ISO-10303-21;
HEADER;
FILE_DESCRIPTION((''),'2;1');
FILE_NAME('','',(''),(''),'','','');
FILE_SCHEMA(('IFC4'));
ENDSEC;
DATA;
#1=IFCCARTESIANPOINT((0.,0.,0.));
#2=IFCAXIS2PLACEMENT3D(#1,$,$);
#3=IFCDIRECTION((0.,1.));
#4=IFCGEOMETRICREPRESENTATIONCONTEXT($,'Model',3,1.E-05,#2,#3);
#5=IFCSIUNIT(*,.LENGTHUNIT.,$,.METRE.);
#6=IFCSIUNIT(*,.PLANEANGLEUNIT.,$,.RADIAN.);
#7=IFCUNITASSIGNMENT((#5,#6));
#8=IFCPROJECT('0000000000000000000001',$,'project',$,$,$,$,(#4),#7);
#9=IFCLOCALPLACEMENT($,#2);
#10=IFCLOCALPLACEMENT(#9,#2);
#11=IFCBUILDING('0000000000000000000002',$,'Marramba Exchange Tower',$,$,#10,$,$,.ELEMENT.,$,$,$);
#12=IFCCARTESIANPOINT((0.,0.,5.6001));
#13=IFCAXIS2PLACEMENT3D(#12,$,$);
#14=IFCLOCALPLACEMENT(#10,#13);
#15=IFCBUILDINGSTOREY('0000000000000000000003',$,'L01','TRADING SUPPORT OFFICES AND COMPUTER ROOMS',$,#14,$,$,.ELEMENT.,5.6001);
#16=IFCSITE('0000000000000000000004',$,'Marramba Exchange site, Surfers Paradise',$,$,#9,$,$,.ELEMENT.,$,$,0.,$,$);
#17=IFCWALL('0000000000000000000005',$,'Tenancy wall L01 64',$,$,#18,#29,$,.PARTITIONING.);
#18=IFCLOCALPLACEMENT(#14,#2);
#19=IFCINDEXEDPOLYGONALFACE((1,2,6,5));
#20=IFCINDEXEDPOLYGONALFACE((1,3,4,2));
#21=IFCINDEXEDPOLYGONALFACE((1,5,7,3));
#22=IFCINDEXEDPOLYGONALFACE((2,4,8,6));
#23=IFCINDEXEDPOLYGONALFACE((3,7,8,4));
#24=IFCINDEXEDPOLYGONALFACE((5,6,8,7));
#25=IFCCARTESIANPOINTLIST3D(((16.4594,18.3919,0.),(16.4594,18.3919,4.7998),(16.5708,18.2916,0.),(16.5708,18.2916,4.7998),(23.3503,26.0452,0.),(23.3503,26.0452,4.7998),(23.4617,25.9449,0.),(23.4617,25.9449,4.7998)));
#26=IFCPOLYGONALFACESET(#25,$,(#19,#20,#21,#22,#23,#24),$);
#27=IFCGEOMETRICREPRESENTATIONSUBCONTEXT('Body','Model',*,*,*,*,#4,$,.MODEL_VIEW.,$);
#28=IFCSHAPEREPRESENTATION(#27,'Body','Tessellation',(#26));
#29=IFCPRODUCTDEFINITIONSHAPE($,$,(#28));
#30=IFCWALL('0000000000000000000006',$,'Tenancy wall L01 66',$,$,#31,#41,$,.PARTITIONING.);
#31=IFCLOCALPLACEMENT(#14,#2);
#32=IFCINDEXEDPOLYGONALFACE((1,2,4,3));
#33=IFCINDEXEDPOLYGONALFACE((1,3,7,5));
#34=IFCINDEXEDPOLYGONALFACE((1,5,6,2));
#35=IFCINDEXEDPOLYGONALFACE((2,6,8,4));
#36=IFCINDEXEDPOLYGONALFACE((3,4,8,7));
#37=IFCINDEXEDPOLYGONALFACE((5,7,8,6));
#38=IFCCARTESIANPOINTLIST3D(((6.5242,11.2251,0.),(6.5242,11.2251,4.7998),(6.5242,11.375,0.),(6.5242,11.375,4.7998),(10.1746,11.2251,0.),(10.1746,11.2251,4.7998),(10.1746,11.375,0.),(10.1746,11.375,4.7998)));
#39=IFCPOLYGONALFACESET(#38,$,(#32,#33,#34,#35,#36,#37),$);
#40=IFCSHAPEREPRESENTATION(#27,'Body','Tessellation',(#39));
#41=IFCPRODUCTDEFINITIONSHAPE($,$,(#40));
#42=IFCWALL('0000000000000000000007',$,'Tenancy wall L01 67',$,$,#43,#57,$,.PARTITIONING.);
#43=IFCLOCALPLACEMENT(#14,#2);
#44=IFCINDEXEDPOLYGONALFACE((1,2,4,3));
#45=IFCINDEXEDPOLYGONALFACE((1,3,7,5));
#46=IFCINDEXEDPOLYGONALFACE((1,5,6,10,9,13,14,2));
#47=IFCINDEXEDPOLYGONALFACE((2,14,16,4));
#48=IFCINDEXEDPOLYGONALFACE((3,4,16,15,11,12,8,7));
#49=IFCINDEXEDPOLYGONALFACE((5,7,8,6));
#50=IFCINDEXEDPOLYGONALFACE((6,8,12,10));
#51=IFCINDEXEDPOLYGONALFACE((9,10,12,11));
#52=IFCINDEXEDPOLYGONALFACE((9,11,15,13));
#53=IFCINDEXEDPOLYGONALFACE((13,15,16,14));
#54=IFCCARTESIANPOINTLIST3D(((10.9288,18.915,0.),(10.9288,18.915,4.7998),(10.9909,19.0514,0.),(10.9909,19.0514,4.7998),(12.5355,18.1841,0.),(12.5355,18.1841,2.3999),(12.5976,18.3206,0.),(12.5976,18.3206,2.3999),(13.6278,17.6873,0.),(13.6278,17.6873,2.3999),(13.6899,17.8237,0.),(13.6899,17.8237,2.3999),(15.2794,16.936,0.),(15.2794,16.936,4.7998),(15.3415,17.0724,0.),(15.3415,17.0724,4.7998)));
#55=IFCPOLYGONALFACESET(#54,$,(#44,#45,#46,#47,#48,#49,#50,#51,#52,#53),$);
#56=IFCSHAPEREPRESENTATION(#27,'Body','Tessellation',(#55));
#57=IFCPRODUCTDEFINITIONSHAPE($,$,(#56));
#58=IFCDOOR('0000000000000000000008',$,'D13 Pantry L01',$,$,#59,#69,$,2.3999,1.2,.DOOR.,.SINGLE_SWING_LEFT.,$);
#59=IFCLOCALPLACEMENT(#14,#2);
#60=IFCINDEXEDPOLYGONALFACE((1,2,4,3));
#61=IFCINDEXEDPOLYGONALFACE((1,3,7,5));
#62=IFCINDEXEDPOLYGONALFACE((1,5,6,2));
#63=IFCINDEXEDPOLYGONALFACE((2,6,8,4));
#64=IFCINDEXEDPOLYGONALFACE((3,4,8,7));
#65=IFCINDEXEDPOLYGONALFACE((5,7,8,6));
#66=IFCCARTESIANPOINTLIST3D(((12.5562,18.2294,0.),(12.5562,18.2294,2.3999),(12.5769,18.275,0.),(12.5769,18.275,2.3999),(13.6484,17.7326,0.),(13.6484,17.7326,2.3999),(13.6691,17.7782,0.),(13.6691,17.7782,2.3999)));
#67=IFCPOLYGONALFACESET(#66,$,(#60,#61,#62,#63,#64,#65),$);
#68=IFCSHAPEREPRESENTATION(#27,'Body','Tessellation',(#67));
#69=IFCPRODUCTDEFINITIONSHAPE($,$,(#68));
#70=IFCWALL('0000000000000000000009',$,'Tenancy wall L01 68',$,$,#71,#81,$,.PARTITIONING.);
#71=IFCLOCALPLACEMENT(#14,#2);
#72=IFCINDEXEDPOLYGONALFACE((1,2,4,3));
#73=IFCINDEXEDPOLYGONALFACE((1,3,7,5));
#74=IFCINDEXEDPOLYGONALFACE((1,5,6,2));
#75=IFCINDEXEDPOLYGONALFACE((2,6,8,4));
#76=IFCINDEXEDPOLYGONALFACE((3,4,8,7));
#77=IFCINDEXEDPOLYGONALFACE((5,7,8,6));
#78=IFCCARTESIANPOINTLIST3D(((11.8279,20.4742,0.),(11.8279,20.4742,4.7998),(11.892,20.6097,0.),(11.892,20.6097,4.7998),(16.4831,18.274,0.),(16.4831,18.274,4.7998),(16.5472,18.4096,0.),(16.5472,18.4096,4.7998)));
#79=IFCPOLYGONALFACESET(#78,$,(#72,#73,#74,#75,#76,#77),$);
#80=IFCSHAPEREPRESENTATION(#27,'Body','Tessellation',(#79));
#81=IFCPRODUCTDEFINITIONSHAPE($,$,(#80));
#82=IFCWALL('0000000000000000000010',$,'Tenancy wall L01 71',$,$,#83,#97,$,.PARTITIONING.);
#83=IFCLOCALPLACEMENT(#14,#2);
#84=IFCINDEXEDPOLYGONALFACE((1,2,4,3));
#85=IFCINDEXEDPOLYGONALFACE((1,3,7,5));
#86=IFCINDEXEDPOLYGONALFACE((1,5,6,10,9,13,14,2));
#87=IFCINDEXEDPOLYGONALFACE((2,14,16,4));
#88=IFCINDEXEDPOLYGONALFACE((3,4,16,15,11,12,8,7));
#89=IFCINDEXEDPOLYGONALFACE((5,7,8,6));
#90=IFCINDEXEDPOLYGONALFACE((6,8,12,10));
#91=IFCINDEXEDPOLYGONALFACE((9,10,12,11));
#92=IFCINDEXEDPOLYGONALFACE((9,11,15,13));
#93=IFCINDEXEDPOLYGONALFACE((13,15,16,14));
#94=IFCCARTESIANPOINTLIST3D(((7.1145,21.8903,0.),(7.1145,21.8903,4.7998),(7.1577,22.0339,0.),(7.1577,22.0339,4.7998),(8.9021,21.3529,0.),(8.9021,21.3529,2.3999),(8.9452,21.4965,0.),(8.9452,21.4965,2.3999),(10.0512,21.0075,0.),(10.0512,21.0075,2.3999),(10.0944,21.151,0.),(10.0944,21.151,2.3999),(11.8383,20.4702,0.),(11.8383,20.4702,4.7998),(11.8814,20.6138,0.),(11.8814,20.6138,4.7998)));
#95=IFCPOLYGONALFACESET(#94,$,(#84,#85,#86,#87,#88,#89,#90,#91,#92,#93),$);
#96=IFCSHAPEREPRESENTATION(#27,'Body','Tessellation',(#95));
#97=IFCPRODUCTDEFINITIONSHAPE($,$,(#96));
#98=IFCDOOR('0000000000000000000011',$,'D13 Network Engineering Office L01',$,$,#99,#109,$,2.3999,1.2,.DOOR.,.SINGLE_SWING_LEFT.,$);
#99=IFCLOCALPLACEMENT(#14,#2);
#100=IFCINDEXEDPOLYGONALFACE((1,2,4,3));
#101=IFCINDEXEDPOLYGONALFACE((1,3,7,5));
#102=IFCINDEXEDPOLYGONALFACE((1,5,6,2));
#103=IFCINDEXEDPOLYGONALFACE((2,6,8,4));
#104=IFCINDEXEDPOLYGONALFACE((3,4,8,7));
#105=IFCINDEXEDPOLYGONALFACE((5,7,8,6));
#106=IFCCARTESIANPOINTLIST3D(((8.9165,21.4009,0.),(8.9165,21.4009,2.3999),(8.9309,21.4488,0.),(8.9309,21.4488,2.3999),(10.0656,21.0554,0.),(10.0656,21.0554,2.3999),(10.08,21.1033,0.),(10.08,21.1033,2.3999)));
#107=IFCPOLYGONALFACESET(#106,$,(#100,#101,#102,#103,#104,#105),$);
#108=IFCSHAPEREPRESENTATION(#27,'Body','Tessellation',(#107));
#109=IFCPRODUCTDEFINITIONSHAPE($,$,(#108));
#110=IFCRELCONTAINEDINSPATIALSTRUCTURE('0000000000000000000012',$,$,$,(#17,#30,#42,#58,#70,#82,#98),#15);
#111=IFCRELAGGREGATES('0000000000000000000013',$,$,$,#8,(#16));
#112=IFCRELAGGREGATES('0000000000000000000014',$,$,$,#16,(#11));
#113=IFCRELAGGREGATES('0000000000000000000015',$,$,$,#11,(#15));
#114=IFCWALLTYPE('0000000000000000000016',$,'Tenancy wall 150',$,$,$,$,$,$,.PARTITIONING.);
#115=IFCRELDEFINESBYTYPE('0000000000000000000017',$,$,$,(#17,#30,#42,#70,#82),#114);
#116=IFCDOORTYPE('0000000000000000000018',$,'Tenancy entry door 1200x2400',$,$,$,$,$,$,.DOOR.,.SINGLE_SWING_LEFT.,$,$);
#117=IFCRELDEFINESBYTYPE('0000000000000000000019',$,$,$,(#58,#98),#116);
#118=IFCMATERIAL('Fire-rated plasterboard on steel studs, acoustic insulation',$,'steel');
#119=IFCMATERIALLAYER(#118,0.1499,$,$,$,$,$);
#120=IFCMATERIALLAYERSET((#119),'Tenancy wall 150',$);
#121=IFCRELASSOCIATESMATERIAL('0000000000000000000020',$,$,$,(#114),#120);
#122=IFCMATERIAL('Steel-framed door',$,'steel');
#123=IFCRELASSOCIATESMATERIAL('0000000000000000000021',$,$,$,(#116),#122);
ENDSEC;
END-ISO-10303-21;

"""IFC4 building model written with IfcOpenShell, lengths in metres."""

from ifc_helpers import new_model, si_unit, direction, frame, frame_2d, origin, place, context, subcontext, project, spatial, rectangle, extrude, material, layer, layer_set, type_object, element, fill, save


model = new_model("IFC4")

# Units and contexts
model_context = context("Model", 3, precision=1e-05, world=origin(), true_north=direction((0.0, 1.0)))
body_context = subcontext(model_context, "Body", "Model", "MODEL_VIEW")
ifc_project = project(units=[si_unit("LENGTHUNIT", "METRE"), si_unit("PLANEANGLEUNIT", "RADIAN")], contexts=[model_context])

# Site, building, storey
site_placement = place(None, origin())
site = spatial("IfcSite", under=ifc_project, at=site_placement, Name="Marramba Exchange site, Surfers Paradise", CompositionType="ELEMENT", RefElevation=0.0)
building_placement = place(site_placement, origin())
building = spatial("IfcBuilding", under=site, at=building_placement, Name="Marramba Exchange Tower", CompositionType="ELEMENT")
storey_placement = place(building_placement, frame((0.0, 0.0, 5.6001)))
storey = spatial("IfcBuildingStorey", under=building, at=storey_placement, Name="L01", Description="TRADING SUPPORT OFFICES AND COMPUTER ROOMS", CompositionType="ELEMENT", Elevation=5.6001)

# Walls
ifc_material_1 = material(Name="Fire-rated plasterboard on steel studs, acoustic insulation", Category="steel")
ifc_layer_1 = layer(ifc_material_1, 0.1499)
ifc_layer_set_1 = layer_set([ifc_layer_1], Name="Tenancy wall 150")
wall_type_1 = type_object("IfcWallType", Name="Tenancy wall 150", PredefinedType="PARTITIONING", material=ifc_layer_set_1)
wall_1_placement = place(storey_placement, frame((16.5151, 18.3418, 0.0), z_axis=(0.0, 0.0, 1.0), x_axis=(0.669119, 0.743155, 0.0)))
element("IfcWall", 1, at=wall_1_placement, inside=storey, type_object=wall_type_1, Name="Tenancy wall L01 64", PredefinedType="PARTITIONING", context=body_context, shape_type="SweptSolid", body=[
    extrude(rectangle(XDim=10.2983, YDim=0.1499, at=frame_2d((5.1492, 0.0))), origin(), (0.0, 0.0, 1.0), 4.7998),
])
wall_2_placement = place(storey_placement, frame((10.1746, 11.3, 0.0), z_axis=(0.0, 0.0, 1.0), x_axis=(-1.0, 0.0, 0.0)))
element("IfcWall", 2, at=wall_2_placement, inside=storey, type_object=wall_type_1, Name="Tenancy wall L01 66", PredefinedType="PARTITIONING", context=body_context, shape_type="SweptSolid", body=[
    extrude(rectangle(XDim=3.6504, YDim=0.1499, at=frame_2d((1.8252, 0.0))), origin(), (0.0, 0.0, 1.0), 4.7998),
])

# Wall, opening, door
wall_3_placement = place(storey_placement, frame((10.96, 18.9832, 0.0), z_axis=(0.0, 0.0, 1.0), x_axis=(0.910251, -0.414057, 0.0)))
wall_3 = element("IfcWall", 3, at=wall_3_placement, inside=storey, type_object=wall_type_1, Name="Tenancy wall L01 67", PredefinedType="PARTITIONING", context=body_context, shape_type="SweptSolid", body=[
    extrude(rectangle(XDim=4.7795, YDim=0.1499, at=frame_2d((2.3896, 0.0))), origin(), (0.0, 0.0, 1.0), 4.7998),
])
opening_1_placement = place(wall_3_placement, frame((1.7649, 0.0, 0.0)))
opening_1 = element("IfcOpeningElement", 4, at=opening_1_placement, cuts=wall_3, PredefinedType="OPENING", context=body_context, shape_type="SweptSolid", body=[
    extrude(rectangle(XDim=1.2, YDim=2.3999, at=frame_2d((0.6001, 1.2))), frame((0.0, 0.085, 0.0), z_axis=(0.0, -1.0, 0.0), x_axis=(1.0, 0.0, 0.0)), (0.0, 0.0, 1.0), 0.1699),
])
ifc_material_2 = material(Name="Steel-framed door", Category="steel")
door_type = type_object("IfcDoorType", Name="Tenancy entry door 1200x2400", OperationType="SINGLE_SWING_LEFT", PredefinedType="DOOR", material=ifc_material_2)
door_1_placement = place(opening_1_placement, frame((1.2, 0.0, 0.0), z_axis=(0.0, 0.0, 1.0), x_axis=(-1.0, 0.0, 0.0)))
door_1 = element("IfcDoor", 5, at=door_1_placement, inside=storey, type_object=door_type, Name="D13 Pantry L01", OperationType="SINGLE_SWING_LEFT", OverallHeight=2.3999, OverallWidth=1.2, PredefinedType="DOOR", context=body_context, shape_type="SweptSolid", body=[
    extrude(rectangle(XDim=1.2, YDim=2.3999, at=frame_2d((0.5999, 1.2))), frame((0.0, 0.0251, 0.0), z_axis=(0.0, -1.0, 0.0), x_axis=(1.0, 0.0, 0.0)), (0.0, 0.0, 1.0), 0.05),
])
fill(opening_1, door_1)

# Wall
wall_4_placement = place(storey_placement, frame((16.5151, 18.3418, 0.0), z_axis=(0.0, 0.0, 1.0), x_axis=(-0.904108, 0.427304, 0.0)))
element("IfcWall", 6, at=wall_4_placement, inside=storey, type_object=wall_type_1, Name="Tenancy wall L01 68", PredefinedType="PARTITIONING", context=body_context, shape_type="SweptSolid", body=[
    extrude(rectangle(XDim=5.1489, YDim=0.1499, at=frame_2d((2.5745, 0.0))), origin(), (0.0, 0.0, 1.0), 4.7998),
])

# Wall, opening, door
wall_5_placement = place(storey_placement, frame((11.8599, 20.542, 0.0), z_axis=(0.0, 0.0, 1.0), x_axis=(-0.957659, 0.287906, 0.0)))
wall_5 = element("IfcWall", 7, at=wall_5_placement, inside=storey, type_object=wall_type_1, Name="Tenancy wall L01 71", PredefinedType="PARTITIONING", context=body_context, shape_type="SweptSolid", body=[
    extrude(rectangle(XDim=4.9326, YDim=0.1499, at=frame_2d((2.4663, 0.0))), origin(), (0.0, 0.0, 1.0), 4.7998),
])
opening_2_placement = place(wall_5_placement, frame((1.866, 0.0, 0.0)))
opening_2 = element("IfcOpeningElement", 8, at=opening_2_placement, cuts=wall_5, PredefinedType="OPENING", context=body_context, shape_type="SweptSolid", body=[
    extrude(rectangle(XDim=1.2, YDim=2.3999, at=frame_2d((0.6001, 1.2))), frame((0.0, 0.085, 0.0), z_axis=(0.0, -1.0, 0.0), x_axis=(1.0, 0.0, 0.0)), (0.0, 0.0, 1.0), 0.1699),
])
door_2_placement = place(opening_2_placement, origin())
door_2 = element("IfcDoor", 9, at=door_2_placement, inside=storey, type_object=door_type, Name="D13 Network Engineering Office L01", OperationType="SINGLE_SWING_LEFT", OverallHeight=2.3999, OverallWidth=1.2, PredefinedType="DOOR", context=body_context, shape_type="SweptSolid", body=[
    extrude(rectangle(XDim=1.2, YDim=2.3999, at=frame_2d((0.6001, 1.2))), frame((0.0, 0.0249, 0.0), z_axis=(0.0, -1.0, 0.0), x_axis=(1.0, 0.0, 0.0)), (0.0, 0.0, 1.0), 0.05),
])
fill(opening_2, door_2)

save(model, "model.ifc")
